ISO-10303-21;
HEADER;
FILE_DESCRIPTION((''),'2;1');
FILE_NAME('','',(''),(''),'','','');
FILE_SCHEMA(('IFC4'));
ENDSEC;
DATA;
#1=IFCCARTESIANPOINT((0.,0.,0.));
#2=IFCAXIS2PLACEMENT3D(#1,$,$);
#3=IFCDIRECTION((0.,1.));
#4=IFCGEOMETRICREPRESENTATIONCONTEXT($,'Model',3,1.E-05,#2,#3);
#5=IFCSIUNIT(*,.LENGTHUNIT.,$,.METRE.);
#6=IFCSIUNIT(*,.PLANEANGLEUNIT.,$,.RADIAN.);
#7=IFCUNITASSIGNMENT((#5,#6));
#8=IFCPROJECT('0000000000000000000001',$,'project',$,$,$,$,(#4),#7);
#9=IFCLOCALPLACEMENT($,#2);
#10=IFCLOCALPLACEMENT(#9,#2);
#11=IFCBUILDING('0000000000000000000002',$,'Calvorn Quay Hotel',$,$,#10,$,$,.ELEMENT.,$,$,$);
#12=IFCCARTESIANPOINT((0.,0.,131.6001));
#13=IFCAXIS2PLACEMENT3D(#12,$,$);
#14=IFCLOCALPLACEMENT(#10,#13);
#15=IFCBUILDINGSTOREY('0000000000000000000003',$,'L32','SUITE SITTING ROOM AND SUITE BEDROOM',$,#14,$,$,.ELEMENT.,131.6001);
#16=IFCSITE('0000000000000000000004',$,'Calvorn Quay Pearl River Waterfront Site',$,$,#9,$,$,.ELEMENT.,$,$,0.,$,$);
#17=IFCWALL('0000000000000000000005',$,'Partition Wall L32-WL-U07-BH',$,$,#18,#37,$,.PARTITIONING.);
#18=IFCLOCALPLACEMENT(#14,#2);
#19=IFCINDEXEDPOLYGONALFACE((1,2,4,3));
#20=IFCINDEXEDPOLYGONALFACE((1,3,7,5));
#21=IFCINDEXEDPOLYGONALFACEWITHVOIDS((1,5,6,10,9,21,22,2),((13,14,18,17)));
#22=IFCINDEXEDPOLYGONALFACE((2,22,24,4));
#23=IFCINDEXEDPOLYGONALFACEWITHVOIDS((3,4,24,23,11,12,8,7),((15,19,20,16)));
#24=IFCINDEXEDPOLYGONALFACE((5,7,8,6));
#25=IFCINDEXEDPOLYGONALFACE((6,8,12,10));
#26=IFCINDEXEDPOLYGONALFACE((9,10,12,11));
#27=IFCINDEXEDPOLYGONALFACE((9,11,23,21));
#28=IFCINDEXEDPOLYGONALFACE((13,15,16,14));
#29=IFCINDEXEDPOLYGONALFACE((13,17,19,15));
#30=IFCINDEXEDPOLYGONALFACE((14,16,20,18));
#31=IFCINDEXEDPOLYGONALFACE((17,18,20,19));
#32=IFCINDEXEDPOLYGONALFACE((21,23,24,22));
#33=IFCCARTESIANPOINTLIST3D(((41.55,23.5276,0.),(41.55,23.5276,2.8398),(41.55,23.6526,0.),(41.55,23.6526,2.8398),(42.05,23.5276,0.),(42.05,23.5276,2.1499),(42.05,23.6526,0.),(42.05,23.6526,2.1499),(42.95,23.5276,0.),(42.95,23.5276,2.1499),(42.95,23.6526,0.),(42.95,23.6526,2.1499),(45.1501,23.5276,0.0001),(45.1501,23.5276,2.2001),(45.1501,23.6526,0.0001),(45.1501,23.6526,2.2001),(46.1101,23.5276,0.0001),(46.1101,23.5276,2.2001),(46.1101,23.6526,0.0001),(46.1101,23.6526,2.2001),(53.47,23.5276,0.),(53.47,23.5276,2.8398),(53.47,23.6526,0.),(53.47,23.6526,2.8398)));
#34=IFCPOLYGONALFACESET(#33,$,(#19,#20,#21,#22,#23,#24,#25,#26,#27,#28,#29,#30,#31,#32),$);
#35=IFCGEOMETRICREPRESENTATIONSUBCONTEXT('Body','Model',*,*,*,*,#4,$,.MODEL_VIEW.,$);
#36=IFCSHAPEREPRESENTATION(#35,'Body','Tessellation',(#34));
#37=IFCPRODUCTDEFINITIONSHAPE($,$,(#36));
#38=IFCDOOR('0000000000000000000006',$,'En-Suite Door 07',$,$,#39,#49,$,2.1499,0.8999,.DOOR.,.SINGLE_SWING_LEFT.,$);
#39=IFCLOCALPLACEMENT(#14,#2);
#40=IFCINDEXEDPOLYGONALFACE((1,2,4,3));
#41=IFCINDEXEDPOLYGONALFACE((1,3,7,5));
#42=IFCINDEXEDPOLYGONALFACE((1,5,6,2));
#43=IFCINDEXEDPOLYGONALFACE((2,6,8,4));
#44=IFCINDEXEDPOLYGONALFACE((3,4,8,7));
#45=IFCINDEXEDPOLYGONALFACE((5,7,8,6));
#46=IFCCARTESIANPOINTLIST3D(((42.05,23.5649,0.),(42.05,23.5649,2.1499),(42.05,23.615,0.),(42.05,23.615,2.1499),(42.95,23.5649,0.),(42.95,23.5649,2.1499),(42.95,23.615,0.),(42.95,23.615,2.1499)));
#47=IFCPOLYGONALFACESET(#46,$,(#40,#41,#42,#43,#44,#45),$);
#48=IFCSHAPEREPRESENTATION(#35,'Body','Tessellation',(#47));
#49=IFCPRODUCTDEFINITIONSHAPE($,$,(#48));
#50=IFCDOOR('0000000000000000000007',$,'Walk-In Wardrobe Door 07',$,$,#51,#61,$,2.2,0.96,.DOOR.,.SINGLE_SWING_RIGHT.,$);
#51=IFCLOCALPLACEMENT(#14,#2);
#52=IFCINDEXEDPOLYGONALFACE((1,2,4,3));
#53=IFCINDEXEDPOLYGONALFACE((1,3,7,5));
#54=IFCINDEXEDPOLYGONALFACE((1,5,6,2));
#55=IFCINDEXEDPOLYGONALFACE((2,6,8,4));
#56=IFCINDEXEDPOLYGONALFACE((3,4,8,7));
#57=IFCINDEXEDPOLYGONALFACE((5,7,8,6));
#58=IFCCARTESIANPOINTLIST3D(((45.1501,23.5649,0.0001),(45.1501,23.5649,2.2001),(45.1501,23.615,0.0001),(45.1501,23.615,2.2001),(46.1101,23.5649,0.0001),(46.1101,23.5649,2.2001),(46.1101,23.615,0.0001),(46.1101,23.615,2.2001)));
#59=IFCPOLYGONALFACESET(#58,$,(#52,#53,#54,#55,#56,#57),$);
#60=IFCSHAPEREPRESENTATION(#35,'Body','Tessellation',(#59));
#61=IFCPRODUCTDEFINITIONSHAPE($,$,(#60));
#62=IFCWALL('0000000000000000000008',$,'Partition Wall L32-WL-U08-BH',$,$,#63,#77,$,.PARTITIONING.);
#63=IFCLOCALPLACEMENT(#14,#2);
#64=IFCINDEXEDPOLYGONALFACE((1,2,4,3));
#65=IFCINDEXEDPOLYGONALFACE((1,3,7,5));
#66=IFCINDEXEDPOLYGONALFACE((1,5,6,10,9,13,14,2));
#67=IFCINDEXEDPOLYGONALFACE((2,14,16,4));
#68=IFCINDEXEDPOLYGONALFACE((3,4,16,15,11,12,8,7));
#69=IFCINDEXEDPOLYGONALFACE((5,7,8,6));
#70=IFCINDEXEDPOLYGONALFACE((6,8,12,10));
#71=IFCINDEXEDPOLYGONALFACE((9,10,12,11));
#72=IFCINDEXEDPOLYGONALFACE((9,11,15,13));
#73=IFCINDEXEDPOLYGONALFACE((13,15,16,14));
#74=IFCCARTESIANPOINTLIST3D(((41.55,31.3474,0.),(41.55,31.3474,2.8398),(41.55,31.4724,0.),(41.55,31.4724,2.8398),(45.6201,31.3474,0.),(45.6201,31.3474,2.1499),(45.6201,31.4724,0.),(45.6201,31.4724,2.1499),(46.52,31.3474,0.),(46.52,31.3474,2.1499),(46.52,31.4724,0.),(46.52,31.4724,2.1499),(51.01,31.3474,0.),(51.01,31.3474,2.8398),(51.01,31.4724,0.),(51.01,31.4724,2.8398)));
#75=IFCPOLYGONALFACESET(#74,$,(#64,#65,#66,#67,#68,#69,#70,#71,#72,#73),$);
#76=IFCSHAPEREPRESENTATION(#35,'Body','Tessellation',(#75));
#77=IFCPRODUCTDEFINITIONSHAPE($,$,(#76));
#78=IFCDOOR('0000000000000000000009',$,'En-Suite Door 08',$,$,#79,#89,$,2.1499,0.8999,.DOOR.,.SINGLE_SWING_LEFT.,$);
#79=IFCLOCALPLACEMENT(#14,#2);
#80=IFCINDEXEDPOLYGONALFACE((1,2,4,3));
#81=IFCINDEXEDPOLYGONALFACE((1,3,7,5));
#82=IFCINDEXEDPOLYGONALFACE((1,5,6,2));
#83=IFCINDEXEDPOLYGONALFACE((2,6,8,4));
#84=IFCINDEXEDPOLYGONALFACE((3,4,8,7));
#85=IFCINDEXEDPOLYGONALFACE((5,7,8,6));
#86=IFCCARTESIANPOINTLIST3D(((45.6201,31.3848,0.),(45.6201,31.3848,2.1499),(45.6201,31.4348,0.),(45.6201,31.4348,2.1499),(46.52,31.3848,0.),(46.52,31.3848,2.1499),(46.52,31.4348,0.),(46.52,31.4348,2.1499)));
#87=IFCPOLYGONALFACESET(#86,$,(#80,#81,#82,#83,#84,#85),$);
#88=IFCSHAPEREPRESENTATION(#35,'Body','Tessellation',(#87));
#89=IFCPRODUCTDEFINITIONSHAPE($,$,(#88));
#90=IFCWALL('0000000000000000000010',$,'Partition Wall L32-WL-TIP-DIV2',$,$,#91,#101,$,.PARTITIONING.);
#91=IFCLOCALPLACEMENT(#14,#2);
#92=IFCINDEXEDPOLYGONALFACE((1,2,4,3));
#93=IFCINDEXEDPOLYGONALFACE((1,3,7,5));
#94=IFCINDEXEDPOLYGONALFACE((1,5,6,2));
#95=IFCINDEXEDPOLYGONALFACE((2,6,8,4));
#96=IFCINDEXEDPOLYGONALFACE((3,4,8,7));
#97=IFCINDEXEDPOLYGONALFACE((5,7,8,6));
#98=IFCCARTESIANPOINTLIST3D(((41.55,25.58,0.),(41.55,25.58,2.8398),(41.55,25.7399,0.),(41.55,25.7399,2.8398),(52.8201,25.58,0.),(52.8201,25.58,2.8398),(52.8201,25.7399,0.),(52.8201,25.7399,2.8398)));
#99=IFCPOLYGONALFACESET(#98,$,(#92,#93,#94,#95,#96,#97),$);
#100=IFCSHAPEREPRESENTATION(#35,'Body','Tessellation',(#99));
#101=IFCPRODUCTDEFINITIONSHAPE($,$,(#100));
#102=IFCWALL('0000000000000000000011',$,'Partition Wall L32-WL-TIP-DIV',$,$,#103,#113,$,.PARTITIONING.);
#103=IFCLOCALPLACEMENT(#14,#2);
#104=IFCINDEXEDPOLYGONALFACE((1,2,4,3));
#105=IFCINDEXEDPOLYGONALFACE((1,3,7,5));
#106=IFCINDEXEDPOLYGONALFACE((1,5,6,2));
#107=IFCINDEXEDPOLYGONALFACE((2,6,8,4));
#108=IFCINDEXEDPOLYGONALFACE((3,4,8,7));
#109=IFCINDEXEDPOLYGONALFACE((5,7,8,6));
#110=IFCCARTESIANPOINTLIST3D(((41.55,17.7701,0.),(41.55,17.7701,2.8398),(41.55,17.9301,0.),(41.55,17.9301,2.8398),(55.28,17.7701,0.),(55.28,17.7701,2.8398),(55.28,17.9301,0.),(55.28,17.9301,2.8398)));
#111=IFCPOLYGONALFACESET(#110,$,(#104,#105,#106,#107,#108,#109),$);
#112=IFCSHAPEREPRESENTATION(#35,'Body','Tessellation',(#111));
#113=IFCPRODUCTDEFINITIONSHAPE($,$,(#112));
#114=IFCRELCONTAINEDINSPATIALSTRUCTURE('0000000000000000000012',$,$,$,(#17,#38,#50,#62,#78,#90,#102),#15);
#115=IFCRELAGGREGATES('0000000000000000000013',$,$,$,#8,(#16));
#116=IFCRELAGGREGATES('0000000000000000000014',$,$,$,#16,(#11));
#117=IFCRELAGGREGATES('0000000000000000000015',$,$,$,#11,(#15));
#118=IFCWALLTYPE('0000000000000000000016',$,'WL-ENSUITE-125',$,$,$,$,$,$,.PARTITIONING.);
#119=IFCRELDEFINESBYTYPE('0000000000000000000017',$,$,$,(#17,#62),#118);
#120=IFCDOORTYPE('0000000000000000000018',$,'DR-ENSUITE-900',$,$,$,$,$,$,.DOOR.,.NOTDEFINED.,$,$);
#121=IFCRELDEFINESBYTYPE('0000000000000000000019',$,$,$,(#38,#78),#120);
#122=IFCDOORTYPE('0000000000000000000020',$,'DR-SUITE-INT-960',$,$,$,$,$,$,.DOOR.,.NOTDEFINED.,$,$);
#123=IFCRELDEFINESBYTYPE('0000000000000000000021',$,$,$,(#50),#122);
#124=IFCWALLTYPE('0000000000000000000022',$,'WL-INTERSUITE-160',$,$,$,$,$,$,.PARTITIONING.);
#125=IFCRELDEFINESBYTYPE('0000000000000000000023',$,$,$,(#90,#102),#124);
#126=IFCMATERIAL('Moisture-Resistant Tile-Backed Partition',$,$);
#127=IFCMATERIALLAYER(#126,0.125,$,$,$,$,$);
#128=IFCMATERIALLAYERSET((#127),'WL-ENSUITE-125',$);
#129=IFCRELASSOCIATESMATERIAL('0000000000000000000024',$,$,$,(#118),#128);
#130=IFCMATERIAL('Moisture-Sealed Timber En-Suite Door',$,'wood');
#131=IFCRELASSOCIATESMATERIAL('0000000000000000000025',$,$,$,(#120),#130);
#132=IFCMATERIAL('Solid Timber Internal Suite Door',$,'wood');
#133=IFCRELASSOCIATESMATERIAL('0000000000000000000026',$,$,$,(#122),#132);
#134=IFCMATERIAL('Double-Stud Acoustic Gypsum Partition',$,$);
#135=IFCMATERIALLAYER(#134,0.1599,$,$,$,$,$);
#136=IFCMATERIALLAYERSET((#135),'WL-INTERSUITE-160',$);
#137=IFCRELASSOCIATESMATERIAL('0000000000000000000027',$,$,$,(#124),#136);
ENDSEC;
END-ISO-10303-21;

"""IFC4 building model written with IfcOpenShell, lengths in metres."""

from ifc_helpers import new_model, si_unit, direction, frame, frame_2d, origin, place, context, subcontext, project, spatial, rectangle, extrude, material, layer, layer_set, type_object, element, fill, save


model = new_model("IFC4")

# Units and contexts
model_context = context("Model", 3, precision=1e-05, world=origin(), true_north=direction((0.0, 1.0)))
body_context = subcontext(model_context, "Body", "Model", "MODEL_VIEW")
ifc_project = project(units=[si_unit("LENGTHUNIT", "METRE"), si_unit("PLANEANGLEUNIT", "RADIAN")], contexts=[model_context])

# Site, building, storey
site_placement = place(None, origin())
site = spatial("IfcSite", under=ifc_project, at=site_placement, Name="Calvorn Quay Pearl River Waterfront Site", CompositionType="ELEMENT", RefElevation=0.0)
building_placement = place(site_placement, origin())
building = spatial("IfcBuilding", under=site, at=building_placement, Name="Calvorn Quay Hotel", CompositionType="ELEMENT")
storey_placement = place(building_placement, frame((0.0, 0.0, 131.6001)))
storey = spatial("IfcBuildingStorey", under=building, at=storey_placement, Name="L32", Description="SUITE SITTING ROOM AND SUITE BEDROOM", CompositionType="ELEMENT", Elevation=131.6001)

# Shared definitions
ifc_material_1 = material(Name="Moisture-Resistant Tile-Backed Partition")
ifc_layer_1 = layer(ifc_material_1, 0.125)
ifc_layer_set_1 = layer_set([ifc_layer_1], Name="WL-ENSUITE-125")
wall_type_1 = type_object("IfcWallType", Name="WL-ENSUITE-125", PredefinedType="PARTITIONING", material=ifc_layer_set_1)

# Wall, openings, doors
wall_1_placement = place(storey_placement, frame((41.55, 23.5901, 0.0), z_axis=(0.0, 0.0, 1.0), x_axis=(1.0, 0.0, 0.0)))
wall_1 = element("IfcWall", 1, at=wall_1_placement, inside=storey, type_object=wall_type_1, Name="Partition Wall L32-WL-U07-BH", PredefinedType="PARTITIONING", context=body_context, shape_type="SweptSolid", body=[
    extrude(rectangle(XDim=11.9199, YDim=0.125, at=frame_2d((5.96, 0.0))), origin(), (0.0, 0.0, 1.0), 2.8398),
])
opening_1_placement = place(wall_1_placement, frame((0.5, 0.0, 0.0)))
opening_1 = element("IfcOpeningElement", 2, at=opening_1_placement, cuts=wall_1, PredefinedType="OPENING", context=body_context, shape_type="SweptSolid", body=[
    extrude(rectangle(XDim=0.8999, YDim=2.1499, at=frame_2d((0.45, 1.075))), frame((0.0, 0.0725, 0.0), z_axis=(0.0, -1.0, 0.0), x_axis=(1.0, 0.0, 0.0)), (0.0, 0.0, 1.0), 0.145),
])
opening_2_placement = place(wall_1_placement, frame((3.6001, 0.0, 0.0)))
opening_2 = element("IfcOpeningElement", 3, at=opening_2_placement, cuts=wall_1, PredefinedType="OPENING", context=body_context, shape_type="SweptSolid", body=[
    extrude(rectangle(XDim=0.96, YDim=2.2, at=frame_2d((0.48, 1.1001))), frame((0.0, 0.0725, 0.0), z_axis=(0.0, -1.0, 0.0), x_axis=(1.0, 0.0, 0.0)), (0.0, 0.0, 1.0), 0.145),
])
ifc_material_2 = material(Name="Moisture-Sealed Timber En-Suite Door", Category="wood")
door_type_1 = type_object("IfcDoorType", Name="DR-ENSUITE-900", OperationType="NOTDEFINED", PredefinedType="DOOR", material=ifc_material_2)
door_1_placement = place(opening_1_placement, origin())
door_1 = element("IfcDoor", 4, at=door_1_placement, inside=storey, type_object=door_type_1, Name="En-Suite Door 07", OperationType="SINGLE_SWING_LEFT", OverallHeight=2.1499, OverallWidth=0.8999, PredefinedType="DOOR", context=body_context, shape_type="SweptSolid", body=[
    extrude(rectangle(XDim=0.8999, YDim=2.1499, at=frame_2d((0.45, 1.075))), frame((0.0, 0.0249, 0.0), z_axis=(0.0, -1.0, 0.0), x_axis=(1.0, 0.0, 0.0)), (0.0, 0.0, 1.0), 0.05),
])
fill(opening_1, door_1)
ifc_material_3 = material(Name="Solid Timber Internal Suite Door", Category="wood")
door_type_2 = type_object("IfcDoorType", Name="DR-SUITE-INT-960", OperationType="NOTDEFINED", PredefinedType="DOOR", material=ifc_material_3)
door_2_placement = place(opening_2_placement, origin())
door_2 = element("IfcDoor", 5, at=door_2_placement, inside=storey, type_object=door_type_2, Name="Walk-In Wardrobe Door 07", OperationType="SINGLE_SWING_RIGHT", OverallHeight=2.2, OverallWidth=0.96, PredefinedType="DOOR", context=body_context, shape_type="SweptSolid", body=[
    extrude(rectangle(XDim=0.96, YDim=2.2, at=frame_2d((0.48, 1.1001))), frame((0.0, 0.0249, 0.0), z_axis=(0.0, -1.0, 0.0), x_axis=(1.0, 0.0, 0.0)), (0.0, 0.0, 1.0), 0.05),
])
fill(opening_2, door_2)

# Wall, opening, door
wall_2_placement = place(storey_placement, frame((41.55, 31.4099, 0.0), z_axis=(0.0, 0.0, 1.0), x_axis=(1.0, 0.0, 0.0)))
wall_2 = element("IfcWall", 6, at=wall_2_placement, inside=storey, type_object=wall_type_1, Name="Partition Wall L32-WL-U08-BH", PredefinedType="PARTITIONING", context=body_context, shape_type="SweptSolid", body=[
    extrude(rectangle(XDim=9.46, YDim=0.125, at=frame_2d((4.73, 0.0))), origin(), (0.0, 0.0, 1.0), 2.8398),
])
opening_3_placement = place(wall_2_placement, frame((4.0701, 0.0, 0.0)))
opening_3 = element("IfcOpeningElement", 7, at=opening_3_placement, cuts=wall_2, PredefinedType="OPENING", context=body_context, shape_type="SweptSolid", body=[
    extrude(rectangle(XDim=0.8999, YDim=2.1499, at=frame_2d((0.45, 1.075))), frame((0.0, 0.0725, 0.0), z_axis=(0.0, -1.0, 0.0), x_axis=(1.0, 0.0, 0.0)), (0.0, 0.0, 1.0), 0.145),
])
door_3_placement = place(opening_3_placement, origin())
door_3 = element("IfcDoor", 8, at=door_3_placement, inside=storey, type_object=door_type_1, Name="En-Suite Door 08", OperationType="SINGLE_SWING_LEFT", OverallHeight=2.1499, OverallWidth=0.8999, PredefinedType="DOOR", context=body_context, shape_type="SweptSolid", body=[
    extrude(rectangle(XDim=0.8999, YDim=2.1499, at=frame_2d((0.45, 1.075))), frame((0.0, 0.0249, 0.0), z_axis=(0.0, -1.0, 0.0), x_axis=(1.0, 0.0, 0.0)), (0.0, 0.0, 1.0), 0.05),
])
fill(opening_3, door_3)

# Walls
ifc_material_4 = material(Name="Double-Stud Acoustic Gypsum Partition")
ifc_layer_2 = layer(ifc_material_4, 0.1599)
ifc_layer_set_2 = layer_set([ifc_layer_2], Name="WL-INTERSUITE-160")
wall_type_2 = type_object("IfcWallType", Name="WL-INTERSUITE-160", PredefinedType="PARTITIONING", material=ifc_layer_set_2)
wall_3_placement = place(storey_placement, frame((41.55, 25.6599, 0.0), z_axis=(0.0, 0.0, 1.0), x_axis=(1.0, 0.0, 0.0)))
element("IfcWall", 9, at=wall_3_placement, inside=storey, type_object=wall_type_2, Name="Partition Wall L32-WL-TIP-DIV2", PredefinedType="PARTITIONING", context=body_context, shape_type="SweptSolid", body=[
    extrude(rectangle(XDim=11.27, YDim=0.1599, at=frame_2d((5.635, 0.0))), origin(), (0.0, 0.0, 1.0), 2.8398),
])
wall_4_placement = place(storey_placement, frame((41.55, 17.8501, 0.0), z_axis=(0.0, 0.0, 1.0), x_axis=(1.0, 0.0, 0.0)))
element("IfcWall", 10, at=wall_4_placement, inside=storey, type_object=wall_type_2, Name="Partition Wall L32-WL-TIP-DIV", PredefinedType="PARTITIONING", context=body_context, shape_type="SweptSolid", body=[
    extrude(rectangle(XDim=13.73, YDim=0.1599, at=frame_2d((6.865, 0.0))), origin(), (0.0, 0.0, 1.0), 2.8398),
])

save(model, "model.ifc")
